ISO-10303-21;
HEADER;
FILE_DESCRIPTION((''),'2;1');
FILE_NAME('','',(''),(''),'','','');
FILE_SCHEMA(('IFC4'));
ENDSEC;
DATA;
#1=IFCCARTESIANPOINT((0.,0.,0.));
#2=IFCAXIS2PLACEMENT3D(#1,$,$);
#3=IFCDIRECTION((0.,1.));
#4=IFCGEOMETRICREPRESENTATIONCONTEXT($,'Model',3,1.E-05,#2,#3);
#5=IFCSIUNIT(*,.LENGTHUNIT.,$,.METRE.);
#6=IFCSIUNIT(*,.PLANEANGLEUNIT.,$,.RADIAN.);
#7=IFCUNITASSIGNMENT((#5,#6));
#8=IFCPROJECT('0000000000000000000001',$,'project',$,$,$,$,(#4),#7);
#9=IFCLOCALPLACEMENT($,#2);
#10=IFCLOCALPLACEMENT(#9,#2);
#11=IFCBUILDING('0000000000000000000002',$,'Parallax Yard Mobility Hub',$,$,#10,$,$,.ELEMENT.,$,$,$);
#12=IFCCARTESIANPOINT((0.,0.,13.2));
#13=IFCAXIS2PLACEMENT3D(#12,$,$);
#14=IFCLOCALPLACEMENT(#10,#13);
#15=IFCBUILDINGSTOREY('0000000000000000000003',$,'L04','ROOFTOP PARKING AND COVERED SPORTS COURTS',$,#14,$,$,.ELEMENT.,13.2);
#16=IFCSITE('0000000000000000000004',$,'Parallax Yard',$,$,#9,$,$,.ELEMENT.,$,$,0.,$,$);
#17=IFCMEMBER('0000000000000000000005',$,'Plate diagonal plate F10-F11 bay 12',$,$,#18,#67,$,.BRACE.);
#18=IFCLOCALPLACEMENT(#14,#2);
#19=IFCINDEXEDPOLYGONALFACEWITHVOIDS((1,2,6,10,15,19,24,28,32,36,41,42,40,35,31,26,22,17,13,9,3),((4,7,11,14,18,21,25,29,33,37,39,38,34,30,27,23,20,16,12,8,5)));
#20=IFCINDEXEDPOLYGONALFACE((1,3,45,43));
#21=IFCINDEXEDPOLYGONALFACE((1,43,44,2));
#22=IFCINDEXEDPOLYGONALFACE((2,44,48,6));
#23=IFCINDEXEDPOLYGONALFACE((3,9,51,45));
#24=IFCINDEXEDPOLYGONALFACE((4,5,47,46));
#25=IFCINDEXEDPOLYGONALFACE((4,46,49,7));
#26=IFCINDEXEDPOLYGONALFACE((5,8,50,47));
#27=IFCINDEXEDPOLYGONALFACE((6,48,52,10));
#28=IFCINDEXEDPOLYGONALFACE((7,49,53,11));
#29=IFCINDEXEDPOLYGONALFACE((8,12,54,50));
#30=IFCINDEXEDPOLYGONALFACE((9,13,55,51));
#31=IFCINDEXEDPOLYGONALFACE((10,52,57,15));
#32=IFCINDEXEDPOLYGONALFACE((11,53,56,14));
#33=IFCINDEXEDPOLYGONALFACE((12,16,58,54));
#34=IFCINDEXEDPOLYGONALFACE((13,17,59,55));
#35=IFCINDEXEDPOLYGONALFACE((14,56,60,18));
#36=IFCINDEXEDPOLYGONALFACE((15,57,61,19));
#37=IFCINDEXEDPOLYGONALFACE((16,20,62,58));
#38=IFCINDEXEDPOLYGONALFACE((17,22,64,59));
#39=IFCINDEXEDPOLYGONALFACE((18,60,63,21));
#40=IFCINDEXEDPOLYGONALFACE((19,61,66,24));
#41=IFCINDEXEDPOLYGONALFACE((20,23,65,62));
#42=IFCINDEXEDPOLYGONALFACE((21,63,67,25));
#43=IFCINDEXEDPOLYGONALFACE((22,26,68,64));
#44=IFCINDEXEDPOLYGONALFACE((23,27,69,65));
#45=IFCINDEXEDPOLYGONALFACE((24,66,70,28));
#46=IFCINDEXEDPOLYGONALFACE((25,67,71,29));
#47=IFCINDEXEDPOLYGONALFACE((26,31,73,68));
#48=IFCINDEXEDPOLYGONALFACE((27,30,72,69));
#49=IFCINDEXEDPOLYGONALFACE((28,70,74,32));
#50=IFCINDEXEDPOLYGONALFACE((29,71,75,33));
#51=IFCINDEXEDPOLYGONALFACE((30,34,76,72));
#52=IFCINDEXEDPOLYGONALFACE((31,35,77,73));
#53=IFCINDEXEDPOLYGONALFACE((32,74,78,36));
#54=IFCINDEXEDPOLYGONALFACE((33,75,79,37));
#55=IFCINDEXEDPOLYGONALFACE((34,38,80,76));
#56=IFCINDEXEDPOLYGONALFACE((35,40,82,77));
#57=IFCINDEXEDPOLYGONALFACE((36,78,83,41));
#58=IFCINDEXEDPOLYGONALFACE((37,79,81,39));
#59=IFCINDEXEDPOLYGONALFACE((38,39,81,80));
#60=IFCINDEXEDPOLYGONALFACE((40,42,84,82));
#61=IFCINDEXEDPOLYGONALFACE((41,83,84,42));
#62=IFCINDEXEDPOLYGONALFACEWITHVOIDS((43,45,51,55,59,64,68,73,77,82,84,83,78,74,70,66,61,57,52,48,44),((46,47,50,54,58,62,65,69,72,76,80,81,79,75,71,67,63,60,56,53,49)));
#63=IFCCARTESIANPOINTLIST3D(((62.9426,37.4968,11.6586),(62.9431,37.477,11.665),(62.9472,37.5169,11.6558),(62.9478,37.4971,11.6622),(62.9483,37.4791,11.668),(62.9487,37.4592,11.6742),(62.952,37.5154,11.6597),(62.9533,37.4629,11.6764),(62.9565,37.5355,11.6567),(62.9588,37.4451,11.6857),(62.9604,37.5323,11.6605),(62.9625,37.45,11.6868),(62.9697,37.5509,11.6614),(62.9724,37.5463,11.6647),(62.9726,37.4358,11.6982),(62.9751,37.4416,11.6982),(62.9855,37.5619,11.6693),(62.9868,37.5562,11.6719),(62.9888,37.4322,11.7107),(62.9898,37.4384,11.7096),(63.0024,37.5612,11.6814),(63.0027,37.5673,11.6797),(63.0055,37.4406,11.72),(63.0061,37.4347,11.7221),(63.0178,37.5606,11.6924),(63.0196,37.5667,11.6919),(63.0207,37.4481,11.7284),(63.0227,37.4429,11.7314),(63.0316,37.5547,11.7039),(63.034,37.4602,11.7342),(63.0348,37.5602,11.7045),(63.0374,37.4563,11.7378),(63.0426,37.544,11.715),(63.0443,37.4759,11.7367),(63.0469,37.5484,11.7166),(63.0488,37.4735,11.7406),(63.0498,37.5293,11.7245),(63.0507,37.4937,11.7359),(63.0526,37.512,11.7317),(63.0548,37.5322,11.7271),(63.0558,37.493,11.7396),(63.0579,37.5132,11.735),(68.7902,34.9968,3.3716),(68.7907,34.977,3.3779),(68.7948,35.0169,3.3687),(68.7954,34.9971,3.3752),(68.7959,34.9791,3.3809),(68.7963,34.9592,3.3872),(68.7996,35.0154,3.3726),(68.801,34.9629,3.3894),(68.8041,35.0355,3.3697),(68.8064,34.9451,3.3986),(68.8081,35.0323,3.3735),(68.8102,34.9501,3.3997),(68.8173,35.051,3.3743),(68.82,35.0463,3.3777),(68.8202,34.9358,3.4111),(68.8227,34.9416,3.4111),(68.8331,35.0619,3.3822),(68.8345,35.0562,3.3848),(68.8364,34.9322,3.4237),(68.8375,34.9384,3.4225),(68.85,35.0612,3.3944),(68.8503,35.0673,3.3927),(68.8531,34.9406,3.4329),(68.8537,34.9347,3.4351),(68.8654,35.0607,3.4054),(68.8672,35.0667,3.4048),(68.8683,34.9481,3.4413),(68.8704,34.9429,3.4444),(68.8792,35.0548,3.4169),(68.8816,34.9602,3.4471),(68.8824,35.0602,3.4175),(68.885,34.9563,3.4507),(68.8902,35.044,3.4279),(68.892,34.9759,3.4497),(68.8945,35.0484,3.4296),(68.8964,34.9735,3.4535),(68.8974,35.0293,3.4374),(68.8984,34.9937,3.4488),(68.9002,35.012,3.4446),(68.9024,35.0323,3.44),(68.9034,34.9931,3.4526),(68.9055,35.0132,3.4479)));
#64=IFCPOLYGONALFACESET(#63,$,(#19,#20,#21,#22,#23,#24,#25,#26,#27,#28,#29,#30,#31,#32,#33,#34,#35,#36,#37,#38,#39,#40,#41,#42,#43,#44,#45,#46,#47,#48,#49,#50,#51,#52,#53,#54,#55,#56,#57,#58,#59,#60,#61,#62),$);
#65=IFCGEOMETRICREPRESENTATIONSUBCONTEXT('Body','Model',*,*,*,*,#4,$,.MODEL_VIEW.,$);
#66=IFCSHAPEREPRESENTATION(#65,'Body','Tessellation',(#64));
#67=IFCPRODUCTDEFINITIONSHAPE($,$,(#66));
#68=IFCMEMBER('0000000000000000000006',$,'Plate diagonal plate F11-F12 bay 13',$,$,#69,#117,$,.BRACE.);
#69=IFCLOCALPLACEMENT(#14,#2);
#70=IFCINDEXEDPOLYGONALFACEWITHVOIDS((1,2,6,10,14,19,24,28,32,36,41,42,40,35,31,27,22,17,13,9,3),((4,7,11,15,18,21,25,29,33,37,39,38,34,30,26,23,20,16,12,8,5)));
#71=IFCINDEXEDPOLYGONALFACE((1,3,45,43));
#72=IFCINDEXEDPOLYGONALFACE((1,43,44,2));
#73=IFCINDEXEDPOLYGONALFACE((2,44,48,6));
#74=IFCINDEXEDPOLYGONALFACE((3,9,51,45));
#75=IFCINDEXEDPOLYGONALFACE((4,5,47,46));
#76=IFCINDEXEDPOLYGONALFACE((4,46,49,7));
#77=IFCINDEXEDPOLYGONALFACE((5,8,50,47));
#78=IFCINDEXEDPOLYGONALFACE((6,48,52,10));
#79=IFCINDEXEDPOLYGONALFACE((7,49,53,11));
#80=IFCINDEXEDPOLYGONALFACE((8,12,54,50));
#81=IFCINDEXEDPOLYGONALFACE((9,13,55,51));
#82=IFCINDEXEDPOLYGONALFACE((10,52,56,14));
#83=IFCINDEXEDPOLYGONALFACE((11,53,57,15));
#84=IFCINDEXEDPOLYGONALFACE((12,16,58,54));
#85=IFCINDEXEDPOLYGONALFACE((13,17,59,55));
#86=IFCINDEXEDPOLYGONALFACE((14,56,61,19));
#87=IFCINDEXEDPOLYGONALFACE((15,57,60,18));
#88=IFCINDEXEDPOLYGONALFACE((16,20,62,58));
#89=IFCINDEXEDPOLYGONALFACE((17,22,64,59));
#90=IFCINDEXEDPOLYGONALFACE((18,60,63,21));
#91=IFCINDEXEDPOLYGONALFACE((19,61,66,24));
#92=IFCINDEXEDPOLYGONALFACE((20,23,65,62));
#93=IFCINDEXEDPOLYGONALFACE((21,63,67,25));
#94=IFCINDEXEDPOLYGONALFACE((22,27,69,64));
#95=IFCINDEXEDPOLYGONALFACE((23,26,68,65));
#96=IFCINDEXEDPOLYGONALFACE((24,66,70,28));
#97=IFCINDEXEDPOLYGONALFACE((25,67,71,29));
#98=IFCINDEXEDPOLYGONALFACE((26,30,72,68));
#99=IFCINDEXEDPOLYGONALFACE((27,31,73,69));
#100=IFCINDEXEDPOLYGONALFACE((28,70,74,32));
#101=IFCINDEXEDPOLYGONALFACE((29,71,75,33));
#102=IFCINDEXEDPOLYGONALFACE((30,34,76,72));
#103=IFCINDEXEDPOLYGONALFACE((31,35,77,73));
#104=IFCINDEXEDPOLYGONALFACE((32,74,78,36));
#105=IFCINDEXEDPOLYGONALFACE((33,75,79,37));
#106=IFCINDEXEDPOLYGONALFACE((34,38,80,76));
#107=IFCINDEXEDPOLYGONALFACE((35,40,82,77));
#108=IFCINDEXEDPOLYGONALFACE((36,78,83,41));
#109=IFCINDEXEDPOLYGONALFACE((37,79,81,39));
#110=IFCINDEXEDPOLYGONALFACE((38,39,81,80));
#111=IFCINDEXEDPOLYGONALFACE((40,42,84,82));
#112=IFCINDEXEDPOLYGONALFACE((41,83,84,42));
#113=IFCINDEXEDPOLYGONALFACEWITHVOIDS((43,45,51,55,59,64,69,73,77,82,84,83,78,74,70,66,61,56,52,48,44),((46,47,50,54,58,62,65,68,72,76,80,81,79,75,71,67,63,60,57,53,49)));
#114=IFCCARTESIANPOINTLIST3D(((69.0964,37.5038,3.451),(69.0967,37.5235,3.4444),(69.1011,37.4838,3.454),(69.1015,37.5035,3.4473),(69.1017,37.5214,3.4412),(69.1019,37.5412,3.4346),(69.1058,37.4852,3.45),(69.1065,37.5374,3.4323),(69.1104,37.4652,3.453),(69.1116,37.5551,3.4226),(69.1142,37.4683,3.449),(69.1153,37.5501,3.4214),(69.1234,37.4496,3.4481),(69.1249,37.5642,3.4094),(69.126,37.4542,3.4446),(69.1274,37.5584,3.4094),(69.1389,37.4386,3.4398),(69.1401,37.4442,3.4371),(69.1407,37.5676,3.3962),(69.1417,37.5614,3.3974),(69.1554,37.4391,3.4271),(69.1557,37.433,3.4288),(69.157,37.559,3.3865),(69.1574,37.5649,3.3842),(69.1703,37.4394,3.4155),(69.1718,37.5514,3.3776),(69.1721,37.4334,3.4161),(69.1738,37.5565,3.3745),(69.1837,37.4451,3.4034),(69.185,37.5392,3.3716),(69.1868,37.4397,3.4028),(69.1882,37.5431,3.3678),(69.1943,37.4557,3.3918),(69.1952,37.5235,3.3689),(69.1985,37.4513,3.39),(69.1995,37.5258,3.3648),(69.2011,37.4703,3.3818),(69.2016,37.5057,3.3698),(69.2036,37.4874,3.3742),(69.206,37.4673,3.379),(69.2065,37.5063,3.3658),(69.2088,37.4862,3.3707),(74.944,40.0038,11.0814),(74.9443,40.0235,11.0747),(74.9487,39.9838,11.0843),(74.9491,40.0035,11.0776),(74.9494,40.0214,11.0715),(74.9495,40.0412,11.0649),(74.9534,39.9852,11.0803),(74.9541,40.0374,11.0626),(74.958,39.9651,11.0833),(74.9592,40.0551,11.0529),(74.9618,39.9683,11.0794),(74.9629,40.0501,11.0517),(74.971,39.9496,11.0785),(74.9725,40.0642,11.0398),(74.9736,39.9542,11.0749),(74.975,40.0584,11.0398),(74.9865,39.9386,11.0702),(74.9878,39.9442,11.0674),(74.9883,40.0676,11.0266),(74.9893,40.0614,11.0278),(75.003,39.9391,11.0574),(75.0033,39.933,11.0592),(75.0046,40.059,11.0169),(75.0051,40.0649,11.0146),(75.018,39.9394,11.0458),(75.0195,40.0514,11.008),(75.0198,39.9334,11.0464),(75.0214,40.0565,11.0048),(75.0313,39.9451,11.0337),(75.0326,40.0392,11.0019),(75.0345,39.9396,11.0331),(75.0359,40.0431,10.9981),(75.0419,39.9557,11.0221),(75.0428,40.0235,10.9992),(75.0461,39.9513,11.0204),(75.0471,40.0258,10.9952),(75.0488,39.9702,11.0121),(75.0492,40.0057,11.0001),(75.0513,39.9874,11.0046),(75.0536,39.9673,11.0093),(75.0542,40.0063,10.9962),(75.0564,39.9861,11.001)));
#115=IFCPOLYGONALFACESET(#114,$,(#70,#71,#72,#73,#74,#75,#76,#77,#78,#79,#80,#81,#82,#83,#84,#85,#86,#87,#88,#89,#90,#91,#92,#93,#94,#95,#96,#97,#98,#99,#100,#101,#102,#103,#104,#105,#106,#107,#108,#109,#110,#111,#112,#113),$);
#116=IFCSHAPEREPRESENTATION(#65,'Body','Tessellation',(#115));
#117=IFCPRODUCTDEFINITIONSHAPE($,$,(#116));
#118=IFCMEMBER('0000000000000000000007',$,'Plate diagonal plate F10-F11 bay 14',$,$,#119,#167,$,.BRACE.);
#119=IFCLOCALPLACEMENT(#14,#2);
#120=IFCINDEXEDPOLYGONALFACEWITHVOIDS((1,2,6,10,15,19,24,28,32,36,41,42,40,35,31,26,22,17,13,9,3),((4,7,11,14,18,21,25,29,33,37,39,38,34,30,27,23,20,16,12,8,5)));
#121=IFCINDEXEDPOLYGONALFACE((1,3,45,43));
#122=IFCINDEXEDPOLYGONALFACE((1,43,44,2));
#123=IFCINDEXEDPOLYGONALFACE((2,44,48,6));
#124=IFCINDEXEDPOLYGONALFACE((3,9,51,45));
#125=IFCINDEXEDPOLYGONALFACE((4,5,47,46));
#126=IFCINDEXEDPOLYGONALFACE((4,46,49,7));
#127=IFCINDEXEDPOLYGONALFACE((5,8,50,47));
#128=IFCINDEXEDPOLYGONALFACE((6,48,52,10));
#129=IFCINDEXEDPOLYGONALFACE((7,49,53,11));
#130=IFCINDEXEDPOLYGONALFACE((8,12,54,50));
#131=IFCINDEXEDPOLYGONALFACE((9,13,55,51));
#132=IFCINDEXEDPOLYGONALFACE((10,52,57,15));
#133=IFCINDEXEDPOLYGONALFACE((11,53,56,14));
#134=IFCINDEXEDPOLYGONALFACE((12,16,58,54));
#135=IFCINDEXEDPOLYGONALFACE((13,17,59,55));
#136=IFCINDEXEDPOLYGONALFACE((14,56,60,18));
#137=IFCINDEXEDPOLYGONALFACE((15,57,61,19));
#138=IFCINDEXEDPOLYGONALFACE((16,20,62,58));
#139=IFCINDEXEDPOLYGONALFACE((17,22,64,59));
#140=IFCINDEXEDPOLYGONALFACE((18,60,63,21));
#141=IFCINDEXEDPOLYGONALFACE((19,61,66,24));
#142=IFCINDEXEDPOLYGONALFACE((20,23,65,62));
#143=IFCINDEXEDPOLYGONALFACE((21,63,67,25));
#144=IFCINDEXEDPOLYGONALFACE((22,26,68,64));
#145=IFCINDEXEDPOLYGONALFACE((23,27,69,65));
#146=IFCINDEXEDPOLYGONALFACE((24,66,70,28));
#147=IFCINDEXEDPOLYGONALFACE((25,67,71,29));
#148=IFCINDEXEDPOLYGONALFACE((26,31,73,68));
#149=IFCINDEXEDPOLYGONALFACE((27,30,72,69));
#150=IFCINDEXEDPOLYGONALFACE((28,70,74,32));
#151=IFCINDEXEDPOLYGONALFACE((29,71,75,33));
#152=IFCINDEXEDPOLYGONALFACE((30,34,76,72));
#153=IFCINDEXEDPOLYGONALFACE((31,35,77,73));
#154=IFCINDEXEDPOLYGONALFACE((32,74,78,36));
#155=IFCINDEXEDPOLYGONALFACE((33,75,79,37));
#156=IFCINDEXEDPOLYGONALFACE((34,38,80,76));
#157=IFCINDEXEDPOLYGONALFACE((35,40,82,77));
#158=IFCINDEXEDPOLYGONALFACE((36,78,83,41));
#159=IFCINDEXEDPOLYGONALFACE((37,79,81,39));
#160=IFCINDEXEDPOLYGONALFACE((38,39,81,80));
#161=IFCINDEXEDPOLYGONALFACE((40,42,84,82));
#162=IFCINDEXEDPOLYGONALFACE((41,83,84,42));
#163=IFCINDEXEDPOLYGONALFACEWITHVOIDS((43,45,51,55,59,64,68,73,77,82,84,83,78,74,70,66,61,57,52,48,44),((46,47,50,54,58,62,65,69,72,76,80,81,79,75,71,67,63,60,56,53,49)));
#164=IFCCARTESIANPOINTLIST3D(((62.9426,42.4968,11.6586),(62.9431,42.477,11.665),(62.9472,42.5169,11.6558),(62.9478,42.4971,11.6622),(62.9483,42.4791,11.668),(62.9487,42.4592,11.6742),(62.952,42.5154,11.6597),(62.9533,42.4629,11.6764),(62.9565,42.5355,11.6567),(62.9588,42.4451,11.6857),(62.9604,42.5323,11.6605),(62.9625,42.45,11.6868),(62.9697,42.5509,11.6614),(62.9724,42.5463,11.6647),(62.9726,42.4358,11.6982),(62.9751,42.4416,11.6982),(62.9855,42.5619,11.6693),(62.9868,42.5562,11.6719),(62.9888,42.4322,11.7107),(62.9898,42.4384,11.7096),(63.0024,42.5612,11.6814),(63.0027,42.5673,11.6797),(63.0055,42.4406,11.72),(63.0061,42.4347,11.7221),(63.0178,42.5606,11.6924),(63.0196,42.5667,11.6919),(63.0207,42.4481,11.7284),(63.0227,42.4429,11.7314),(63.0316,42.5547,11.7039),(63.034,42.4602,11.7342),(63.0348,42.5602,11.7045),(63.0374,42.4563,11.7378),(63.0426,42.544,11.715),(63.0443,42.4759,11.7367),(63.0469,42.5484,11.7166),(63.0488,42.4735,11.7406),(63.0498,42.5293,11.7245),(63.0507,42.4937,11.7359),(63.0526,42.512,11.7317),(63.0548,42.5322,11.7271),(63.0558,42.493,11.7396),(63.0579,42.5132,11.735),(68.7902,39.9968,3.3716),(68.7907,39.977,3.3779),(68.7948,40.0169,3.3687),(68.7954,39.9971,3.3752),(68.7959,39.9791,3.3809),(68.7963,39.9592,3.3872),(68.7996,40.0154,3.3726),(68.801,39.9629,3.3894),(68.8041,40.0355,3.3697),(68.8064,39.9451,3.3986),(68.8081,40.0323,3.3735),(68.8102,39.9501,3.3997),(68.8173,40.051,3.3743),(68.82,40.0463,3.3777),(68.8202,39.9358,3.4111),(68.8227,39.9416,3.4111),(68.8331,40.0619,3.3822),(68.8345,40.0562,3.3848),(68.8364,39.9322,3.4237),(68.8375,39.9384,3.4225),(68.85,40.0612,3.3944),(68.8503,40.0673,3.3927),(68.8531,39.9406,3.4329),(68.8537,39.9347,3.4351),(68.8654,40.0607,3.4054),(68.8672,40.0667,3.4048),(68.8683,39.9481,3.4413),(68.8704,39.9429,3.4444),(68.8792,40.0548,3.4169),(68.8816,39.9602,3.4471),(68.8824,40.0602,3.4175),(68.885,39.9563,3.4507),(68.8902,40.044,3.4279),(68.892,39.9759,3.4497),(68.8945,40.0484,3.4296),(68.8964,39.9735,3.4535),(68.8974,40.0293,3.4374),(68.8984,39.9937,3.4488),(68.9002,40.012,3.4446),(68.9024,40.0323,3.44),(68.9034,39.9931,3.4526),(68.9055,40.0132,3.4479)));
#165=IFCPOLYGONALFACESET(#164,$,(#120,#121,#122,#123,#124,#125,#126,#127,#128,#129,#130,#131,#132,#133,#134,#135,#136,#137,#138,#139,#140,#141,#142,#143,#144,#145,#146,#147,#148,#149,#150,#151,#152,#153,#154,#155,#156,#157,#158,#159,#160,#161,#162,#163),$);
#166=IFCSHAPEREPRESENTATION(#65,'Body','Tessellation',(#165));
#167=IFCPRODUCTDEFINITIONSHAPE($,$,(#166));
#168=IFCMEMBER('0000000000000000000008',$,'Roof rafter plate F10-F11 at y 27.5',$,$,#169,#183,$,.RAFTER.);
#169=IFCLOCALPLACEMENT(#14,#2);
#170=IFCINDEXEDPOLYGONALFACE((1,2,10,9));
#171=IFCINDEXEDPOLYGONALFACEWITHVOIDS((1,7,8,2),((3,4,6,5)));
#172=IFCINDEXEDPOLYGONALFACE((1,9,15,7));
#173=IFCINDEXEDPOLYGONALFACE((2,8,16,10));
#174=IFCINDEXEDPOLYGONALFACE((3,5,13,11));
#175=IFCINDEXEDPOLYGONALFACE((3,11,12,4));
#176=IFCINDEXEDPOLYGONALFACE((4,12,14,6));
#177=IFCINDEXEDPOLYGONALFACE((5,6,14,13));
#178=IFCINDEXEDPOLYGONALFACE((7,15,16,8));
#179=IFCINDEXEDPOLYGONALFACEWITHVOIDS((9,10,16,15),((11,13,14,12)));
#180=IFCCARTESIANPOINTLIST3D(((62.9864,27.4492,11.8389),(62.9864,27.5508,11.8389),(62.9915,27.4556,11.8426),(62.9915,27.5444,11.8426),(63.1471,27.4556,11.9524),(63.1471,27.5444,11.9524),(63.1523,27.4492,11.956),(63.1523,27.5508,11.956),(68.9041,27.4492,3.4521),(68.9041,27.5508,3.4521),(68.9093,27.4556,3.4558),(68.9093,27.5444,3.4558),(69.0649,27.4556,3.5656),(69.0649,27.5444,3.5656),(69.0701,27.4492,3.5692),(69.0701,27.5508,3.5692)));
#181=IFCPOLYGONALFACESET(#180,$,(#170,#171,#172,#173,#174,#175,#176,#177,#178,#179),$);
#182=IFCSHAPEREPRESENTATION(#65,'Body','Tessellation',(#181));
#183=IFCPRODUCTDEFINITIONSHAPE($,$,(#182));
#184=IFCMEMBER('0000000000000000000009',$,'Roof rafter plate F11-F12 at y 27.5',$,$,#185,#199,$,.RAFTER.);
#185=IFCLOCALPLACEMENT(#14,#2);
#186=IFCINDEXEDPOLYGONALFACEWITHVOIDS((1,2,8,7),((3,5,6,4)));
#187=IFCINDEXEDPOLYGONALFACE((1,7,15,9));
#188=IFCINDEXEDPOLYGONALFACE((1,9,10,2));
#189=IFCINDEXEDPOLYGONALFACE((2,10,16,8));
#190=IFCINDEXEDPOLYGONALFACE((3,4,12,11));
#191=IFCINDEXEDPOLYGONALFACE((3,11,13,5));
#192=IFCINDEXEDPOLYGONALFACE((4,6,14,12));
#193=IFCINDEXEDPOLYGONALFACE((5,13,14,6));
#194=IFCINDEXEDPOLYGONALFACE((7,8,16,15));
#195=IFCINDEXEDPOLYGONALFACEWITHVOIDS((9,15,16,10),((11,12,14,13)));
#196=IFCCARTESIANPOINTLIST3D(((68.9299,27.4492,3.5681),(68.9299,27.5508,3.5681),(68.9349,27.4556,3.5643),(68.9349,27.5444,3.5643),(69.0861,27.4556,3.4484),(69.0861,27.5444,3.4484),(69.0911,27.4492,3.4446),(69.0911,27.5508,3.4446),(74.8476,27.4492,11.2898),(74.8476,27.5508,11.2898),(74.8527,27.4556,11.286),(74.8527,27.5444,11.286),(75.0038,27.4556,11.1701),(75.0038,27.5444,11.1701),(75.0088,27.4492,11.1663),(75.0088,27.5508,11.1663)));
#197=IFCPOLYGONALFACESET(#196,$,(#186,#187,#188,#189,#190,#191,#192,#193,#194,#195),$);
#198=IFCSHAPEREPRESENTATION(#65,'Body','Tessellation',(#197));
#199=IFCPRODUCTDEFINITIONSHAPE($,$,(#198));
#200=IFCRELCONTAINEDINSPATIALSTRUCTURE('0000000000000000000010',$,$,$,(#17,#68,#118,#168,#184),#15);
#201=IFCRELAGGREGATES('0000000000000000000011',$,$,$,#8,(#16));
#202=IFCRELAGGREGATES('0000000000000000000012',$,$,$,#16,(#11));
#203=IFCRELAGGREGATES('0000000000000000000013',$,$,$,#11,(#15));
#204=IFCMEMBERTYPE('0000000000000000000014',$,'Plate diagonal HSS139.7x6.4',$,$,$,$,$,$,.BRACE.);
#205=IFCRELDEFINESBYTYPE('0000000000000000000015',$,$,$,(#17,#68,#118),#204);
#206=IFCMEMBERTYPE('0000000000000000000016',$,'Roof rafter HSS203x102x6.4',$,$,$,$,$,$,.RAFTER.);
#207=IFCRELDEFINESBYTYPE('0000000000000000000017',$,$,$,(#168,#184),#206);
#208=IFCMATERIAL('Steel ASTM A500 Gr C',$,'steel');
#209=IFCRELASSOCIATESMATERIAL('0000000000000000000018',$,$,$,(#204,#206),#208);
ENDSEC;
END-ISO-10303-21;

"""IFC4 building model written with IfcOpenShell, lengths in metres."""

from ifc_helpers import new_model, si_unit, direction, frame, origin, origin_2d, place, context, subcontext, project, spatial, hollow_rectangle, hollow_circle, extrude, material, material_profile, profile_set, type_object, element, save


model = new_model("IFC4")

# Units and contexts
model_context = context("Model", 3, precision=1e-05, world=origin(), true_north=direction((0.0, 1.0)))
body_context = subcontext(model_context, "Body", "Model", "MODEL_VIEW")
ifc_project = project(units=[si_unit("LENGTHUNIT", "METRE"), si_unit("PLANEANGLEUNIT", "RADIAN")], contexts=[model_context])

# Site, building, storey
site_placement = place(None, origin())
site = spatial("IfcSite", under=ifc_project, at=site_placement, Name="Parallax Yard", CompositionType="ELEMENT", RefElevation=0.0)
building_placement = place(site_placement, origin())
building = spatial("IfcBuilding", under=site, at=building_placement, Name="Parallax Yard Mobility Hub", CompositionType="ELEMENT")
storey_placement = place(building_placement, frame((0.0, 0.0, 13.2)))
storey = spatial("IfcBuildingStorey", under=building, at=storey_placement, Name="L04", Description="ROOFTOP PARKING AND COVERED SPORTS COURTS", CompositionType="ELEMENT", Elevation=13.2)

# Members
ifc_material_1 = material(Name="Steel ASTM A500 Gr C", Category="steel")
ifc_material_profile_1 = material_profile(ifc_material_1, hollow_circle(Radius=0.0698, WallThickness=0.0063, at=origin_2d()), Name="HSS139.7x6.4")
ifc_profile_set_1 = profile_set([ifc_material_profile_1], Name="Steel ASTM A500 Gr C")
member_type_1 = type_object("IfcMemberType", Name="Plate diagonal HSS139.7x6.4", PredefinedType="BRACE", material=ifc_profile_set_1)
member_1_placement = place(storey_placement, frame((68.8477, 35.0, 3.4111), z_axis=(-0.559793, 0.239323, 0.79332), x_axis=(-0.393104, -0.919494, 0.0)))
element("IfcMember", 1, at=member_1_placement, inside=storey, type_object=member_type_1, Name="Plate diagonal plate F10-F11 bay 12", PredefinedType="BRACE", context=body_context, shape_type="SweptSolid", body=[
    extrude(hollow_circle(Radius=0.0698, WallThickness=0.0063, at=origin_2d()), origin(), (0.0, 0.0, 1.0), 10.446),
])
member_2_placement = place(storey_placement, frame((69.1523, 37.5, 3.4094), z_axis=(0.588701, 0.251682, 0.768172), x_axis=(-0.393104, 0.919494, 0.0)))
element("IfcMember", 2, at=member_2_placement, inside=storey, type_object=member_type_1, Name="Plate diagonal plate F11-F12 bay 13", PredefinedType="BRACE", context=body_context, shape_type="SweptSolid", body=[
    extrude(hollow_circle(Radius=0.0698, WallThickness=0.0063, at=origin_2d()), origin(), (0.0, 0.0, 1.0), 9.9331),
])
member_3_placement = place(storey_placement, frame((68.8477, 40.0, 3.4111), z_axis=(-0.559793, 0.239323, 0.79332), x_axis=(-0.393104, -0.919494, 0.0)))
element("IfcMember", 3, at=member_3_placement, inside=storey, type_object=member_type_1, Name="Plate diagonal plate F10-F11 bay 14", PredefinedType="BRACE", context=body_context, shape_type="SweptSolid", body=[
    extrude(hollow_circle(Radius=0.0698, WallThickness=0.0063, at=origin_2d()), origin(), (0.0, 0.0, 1.0), 10.446),
])
ifc_material_profile_2 = material_profile(ifc_material_1, hollow_rectangle(XDim=0.1016, YDim=0.2031, WallThickness=0.0063, at=origin_2d()), Name="HSS203x102x6.4")
ifc_profile_set_2 = profile_set([ifc_material_profile_2], Name="Steel ASTM A500 Gr C")
member_type_2 = type_object("IfcMemberType", Name="Roof rafter HSS203x102x6.4", PredefinedType="RAFTER", material=ifc_profile_set_2)
member_4_placement = place(storey_placement, frame((63.0693, 27.5, 11.8975), z_axis=(0.576533, 0.0, -0.817074), x_axis=(0.0, 1.0, 0.0)))
element("IfcMember", 4, at=member_4_placement, inside=storey, type_object=member_type_2, Name="Roof rafter plate F10-F11 at y 27.5", PredefinedType="RAFTER", context=body_context, shape_type="SweptSolid", body=[
    extrude(hollow_rectangle(XDim=0.1016, YDim=0.2031, WallThickness=0.0063, at=origin_2d()), origin(), (0.0, 0.0, 1.0), 10.2644),
])
member_5_placement = place(storey_placement, frame((69.0105, 27.5, 3.5063), z_axis=(0.608287, 0.0, 0.793717), x_axis=(0.0, 1.0, 0.0)))
element("IfcMember", 5, at=member_5_placement, inside=storey, type_object=member_type_2, Name="Roof rafter plate F11-F12 at y 27.5", PredefinedType="RAFTER", context=body_context, shape_type="SweptSolid", body=[
    extrude(hollow_rectangle(XDim=0.1016, YDim=0.2031, WallThickness=0.0063, at=origin_2d()), origin(), (0.0, 0.0, 1.0), 9.7285),
])

save(model, "model.ifc")
